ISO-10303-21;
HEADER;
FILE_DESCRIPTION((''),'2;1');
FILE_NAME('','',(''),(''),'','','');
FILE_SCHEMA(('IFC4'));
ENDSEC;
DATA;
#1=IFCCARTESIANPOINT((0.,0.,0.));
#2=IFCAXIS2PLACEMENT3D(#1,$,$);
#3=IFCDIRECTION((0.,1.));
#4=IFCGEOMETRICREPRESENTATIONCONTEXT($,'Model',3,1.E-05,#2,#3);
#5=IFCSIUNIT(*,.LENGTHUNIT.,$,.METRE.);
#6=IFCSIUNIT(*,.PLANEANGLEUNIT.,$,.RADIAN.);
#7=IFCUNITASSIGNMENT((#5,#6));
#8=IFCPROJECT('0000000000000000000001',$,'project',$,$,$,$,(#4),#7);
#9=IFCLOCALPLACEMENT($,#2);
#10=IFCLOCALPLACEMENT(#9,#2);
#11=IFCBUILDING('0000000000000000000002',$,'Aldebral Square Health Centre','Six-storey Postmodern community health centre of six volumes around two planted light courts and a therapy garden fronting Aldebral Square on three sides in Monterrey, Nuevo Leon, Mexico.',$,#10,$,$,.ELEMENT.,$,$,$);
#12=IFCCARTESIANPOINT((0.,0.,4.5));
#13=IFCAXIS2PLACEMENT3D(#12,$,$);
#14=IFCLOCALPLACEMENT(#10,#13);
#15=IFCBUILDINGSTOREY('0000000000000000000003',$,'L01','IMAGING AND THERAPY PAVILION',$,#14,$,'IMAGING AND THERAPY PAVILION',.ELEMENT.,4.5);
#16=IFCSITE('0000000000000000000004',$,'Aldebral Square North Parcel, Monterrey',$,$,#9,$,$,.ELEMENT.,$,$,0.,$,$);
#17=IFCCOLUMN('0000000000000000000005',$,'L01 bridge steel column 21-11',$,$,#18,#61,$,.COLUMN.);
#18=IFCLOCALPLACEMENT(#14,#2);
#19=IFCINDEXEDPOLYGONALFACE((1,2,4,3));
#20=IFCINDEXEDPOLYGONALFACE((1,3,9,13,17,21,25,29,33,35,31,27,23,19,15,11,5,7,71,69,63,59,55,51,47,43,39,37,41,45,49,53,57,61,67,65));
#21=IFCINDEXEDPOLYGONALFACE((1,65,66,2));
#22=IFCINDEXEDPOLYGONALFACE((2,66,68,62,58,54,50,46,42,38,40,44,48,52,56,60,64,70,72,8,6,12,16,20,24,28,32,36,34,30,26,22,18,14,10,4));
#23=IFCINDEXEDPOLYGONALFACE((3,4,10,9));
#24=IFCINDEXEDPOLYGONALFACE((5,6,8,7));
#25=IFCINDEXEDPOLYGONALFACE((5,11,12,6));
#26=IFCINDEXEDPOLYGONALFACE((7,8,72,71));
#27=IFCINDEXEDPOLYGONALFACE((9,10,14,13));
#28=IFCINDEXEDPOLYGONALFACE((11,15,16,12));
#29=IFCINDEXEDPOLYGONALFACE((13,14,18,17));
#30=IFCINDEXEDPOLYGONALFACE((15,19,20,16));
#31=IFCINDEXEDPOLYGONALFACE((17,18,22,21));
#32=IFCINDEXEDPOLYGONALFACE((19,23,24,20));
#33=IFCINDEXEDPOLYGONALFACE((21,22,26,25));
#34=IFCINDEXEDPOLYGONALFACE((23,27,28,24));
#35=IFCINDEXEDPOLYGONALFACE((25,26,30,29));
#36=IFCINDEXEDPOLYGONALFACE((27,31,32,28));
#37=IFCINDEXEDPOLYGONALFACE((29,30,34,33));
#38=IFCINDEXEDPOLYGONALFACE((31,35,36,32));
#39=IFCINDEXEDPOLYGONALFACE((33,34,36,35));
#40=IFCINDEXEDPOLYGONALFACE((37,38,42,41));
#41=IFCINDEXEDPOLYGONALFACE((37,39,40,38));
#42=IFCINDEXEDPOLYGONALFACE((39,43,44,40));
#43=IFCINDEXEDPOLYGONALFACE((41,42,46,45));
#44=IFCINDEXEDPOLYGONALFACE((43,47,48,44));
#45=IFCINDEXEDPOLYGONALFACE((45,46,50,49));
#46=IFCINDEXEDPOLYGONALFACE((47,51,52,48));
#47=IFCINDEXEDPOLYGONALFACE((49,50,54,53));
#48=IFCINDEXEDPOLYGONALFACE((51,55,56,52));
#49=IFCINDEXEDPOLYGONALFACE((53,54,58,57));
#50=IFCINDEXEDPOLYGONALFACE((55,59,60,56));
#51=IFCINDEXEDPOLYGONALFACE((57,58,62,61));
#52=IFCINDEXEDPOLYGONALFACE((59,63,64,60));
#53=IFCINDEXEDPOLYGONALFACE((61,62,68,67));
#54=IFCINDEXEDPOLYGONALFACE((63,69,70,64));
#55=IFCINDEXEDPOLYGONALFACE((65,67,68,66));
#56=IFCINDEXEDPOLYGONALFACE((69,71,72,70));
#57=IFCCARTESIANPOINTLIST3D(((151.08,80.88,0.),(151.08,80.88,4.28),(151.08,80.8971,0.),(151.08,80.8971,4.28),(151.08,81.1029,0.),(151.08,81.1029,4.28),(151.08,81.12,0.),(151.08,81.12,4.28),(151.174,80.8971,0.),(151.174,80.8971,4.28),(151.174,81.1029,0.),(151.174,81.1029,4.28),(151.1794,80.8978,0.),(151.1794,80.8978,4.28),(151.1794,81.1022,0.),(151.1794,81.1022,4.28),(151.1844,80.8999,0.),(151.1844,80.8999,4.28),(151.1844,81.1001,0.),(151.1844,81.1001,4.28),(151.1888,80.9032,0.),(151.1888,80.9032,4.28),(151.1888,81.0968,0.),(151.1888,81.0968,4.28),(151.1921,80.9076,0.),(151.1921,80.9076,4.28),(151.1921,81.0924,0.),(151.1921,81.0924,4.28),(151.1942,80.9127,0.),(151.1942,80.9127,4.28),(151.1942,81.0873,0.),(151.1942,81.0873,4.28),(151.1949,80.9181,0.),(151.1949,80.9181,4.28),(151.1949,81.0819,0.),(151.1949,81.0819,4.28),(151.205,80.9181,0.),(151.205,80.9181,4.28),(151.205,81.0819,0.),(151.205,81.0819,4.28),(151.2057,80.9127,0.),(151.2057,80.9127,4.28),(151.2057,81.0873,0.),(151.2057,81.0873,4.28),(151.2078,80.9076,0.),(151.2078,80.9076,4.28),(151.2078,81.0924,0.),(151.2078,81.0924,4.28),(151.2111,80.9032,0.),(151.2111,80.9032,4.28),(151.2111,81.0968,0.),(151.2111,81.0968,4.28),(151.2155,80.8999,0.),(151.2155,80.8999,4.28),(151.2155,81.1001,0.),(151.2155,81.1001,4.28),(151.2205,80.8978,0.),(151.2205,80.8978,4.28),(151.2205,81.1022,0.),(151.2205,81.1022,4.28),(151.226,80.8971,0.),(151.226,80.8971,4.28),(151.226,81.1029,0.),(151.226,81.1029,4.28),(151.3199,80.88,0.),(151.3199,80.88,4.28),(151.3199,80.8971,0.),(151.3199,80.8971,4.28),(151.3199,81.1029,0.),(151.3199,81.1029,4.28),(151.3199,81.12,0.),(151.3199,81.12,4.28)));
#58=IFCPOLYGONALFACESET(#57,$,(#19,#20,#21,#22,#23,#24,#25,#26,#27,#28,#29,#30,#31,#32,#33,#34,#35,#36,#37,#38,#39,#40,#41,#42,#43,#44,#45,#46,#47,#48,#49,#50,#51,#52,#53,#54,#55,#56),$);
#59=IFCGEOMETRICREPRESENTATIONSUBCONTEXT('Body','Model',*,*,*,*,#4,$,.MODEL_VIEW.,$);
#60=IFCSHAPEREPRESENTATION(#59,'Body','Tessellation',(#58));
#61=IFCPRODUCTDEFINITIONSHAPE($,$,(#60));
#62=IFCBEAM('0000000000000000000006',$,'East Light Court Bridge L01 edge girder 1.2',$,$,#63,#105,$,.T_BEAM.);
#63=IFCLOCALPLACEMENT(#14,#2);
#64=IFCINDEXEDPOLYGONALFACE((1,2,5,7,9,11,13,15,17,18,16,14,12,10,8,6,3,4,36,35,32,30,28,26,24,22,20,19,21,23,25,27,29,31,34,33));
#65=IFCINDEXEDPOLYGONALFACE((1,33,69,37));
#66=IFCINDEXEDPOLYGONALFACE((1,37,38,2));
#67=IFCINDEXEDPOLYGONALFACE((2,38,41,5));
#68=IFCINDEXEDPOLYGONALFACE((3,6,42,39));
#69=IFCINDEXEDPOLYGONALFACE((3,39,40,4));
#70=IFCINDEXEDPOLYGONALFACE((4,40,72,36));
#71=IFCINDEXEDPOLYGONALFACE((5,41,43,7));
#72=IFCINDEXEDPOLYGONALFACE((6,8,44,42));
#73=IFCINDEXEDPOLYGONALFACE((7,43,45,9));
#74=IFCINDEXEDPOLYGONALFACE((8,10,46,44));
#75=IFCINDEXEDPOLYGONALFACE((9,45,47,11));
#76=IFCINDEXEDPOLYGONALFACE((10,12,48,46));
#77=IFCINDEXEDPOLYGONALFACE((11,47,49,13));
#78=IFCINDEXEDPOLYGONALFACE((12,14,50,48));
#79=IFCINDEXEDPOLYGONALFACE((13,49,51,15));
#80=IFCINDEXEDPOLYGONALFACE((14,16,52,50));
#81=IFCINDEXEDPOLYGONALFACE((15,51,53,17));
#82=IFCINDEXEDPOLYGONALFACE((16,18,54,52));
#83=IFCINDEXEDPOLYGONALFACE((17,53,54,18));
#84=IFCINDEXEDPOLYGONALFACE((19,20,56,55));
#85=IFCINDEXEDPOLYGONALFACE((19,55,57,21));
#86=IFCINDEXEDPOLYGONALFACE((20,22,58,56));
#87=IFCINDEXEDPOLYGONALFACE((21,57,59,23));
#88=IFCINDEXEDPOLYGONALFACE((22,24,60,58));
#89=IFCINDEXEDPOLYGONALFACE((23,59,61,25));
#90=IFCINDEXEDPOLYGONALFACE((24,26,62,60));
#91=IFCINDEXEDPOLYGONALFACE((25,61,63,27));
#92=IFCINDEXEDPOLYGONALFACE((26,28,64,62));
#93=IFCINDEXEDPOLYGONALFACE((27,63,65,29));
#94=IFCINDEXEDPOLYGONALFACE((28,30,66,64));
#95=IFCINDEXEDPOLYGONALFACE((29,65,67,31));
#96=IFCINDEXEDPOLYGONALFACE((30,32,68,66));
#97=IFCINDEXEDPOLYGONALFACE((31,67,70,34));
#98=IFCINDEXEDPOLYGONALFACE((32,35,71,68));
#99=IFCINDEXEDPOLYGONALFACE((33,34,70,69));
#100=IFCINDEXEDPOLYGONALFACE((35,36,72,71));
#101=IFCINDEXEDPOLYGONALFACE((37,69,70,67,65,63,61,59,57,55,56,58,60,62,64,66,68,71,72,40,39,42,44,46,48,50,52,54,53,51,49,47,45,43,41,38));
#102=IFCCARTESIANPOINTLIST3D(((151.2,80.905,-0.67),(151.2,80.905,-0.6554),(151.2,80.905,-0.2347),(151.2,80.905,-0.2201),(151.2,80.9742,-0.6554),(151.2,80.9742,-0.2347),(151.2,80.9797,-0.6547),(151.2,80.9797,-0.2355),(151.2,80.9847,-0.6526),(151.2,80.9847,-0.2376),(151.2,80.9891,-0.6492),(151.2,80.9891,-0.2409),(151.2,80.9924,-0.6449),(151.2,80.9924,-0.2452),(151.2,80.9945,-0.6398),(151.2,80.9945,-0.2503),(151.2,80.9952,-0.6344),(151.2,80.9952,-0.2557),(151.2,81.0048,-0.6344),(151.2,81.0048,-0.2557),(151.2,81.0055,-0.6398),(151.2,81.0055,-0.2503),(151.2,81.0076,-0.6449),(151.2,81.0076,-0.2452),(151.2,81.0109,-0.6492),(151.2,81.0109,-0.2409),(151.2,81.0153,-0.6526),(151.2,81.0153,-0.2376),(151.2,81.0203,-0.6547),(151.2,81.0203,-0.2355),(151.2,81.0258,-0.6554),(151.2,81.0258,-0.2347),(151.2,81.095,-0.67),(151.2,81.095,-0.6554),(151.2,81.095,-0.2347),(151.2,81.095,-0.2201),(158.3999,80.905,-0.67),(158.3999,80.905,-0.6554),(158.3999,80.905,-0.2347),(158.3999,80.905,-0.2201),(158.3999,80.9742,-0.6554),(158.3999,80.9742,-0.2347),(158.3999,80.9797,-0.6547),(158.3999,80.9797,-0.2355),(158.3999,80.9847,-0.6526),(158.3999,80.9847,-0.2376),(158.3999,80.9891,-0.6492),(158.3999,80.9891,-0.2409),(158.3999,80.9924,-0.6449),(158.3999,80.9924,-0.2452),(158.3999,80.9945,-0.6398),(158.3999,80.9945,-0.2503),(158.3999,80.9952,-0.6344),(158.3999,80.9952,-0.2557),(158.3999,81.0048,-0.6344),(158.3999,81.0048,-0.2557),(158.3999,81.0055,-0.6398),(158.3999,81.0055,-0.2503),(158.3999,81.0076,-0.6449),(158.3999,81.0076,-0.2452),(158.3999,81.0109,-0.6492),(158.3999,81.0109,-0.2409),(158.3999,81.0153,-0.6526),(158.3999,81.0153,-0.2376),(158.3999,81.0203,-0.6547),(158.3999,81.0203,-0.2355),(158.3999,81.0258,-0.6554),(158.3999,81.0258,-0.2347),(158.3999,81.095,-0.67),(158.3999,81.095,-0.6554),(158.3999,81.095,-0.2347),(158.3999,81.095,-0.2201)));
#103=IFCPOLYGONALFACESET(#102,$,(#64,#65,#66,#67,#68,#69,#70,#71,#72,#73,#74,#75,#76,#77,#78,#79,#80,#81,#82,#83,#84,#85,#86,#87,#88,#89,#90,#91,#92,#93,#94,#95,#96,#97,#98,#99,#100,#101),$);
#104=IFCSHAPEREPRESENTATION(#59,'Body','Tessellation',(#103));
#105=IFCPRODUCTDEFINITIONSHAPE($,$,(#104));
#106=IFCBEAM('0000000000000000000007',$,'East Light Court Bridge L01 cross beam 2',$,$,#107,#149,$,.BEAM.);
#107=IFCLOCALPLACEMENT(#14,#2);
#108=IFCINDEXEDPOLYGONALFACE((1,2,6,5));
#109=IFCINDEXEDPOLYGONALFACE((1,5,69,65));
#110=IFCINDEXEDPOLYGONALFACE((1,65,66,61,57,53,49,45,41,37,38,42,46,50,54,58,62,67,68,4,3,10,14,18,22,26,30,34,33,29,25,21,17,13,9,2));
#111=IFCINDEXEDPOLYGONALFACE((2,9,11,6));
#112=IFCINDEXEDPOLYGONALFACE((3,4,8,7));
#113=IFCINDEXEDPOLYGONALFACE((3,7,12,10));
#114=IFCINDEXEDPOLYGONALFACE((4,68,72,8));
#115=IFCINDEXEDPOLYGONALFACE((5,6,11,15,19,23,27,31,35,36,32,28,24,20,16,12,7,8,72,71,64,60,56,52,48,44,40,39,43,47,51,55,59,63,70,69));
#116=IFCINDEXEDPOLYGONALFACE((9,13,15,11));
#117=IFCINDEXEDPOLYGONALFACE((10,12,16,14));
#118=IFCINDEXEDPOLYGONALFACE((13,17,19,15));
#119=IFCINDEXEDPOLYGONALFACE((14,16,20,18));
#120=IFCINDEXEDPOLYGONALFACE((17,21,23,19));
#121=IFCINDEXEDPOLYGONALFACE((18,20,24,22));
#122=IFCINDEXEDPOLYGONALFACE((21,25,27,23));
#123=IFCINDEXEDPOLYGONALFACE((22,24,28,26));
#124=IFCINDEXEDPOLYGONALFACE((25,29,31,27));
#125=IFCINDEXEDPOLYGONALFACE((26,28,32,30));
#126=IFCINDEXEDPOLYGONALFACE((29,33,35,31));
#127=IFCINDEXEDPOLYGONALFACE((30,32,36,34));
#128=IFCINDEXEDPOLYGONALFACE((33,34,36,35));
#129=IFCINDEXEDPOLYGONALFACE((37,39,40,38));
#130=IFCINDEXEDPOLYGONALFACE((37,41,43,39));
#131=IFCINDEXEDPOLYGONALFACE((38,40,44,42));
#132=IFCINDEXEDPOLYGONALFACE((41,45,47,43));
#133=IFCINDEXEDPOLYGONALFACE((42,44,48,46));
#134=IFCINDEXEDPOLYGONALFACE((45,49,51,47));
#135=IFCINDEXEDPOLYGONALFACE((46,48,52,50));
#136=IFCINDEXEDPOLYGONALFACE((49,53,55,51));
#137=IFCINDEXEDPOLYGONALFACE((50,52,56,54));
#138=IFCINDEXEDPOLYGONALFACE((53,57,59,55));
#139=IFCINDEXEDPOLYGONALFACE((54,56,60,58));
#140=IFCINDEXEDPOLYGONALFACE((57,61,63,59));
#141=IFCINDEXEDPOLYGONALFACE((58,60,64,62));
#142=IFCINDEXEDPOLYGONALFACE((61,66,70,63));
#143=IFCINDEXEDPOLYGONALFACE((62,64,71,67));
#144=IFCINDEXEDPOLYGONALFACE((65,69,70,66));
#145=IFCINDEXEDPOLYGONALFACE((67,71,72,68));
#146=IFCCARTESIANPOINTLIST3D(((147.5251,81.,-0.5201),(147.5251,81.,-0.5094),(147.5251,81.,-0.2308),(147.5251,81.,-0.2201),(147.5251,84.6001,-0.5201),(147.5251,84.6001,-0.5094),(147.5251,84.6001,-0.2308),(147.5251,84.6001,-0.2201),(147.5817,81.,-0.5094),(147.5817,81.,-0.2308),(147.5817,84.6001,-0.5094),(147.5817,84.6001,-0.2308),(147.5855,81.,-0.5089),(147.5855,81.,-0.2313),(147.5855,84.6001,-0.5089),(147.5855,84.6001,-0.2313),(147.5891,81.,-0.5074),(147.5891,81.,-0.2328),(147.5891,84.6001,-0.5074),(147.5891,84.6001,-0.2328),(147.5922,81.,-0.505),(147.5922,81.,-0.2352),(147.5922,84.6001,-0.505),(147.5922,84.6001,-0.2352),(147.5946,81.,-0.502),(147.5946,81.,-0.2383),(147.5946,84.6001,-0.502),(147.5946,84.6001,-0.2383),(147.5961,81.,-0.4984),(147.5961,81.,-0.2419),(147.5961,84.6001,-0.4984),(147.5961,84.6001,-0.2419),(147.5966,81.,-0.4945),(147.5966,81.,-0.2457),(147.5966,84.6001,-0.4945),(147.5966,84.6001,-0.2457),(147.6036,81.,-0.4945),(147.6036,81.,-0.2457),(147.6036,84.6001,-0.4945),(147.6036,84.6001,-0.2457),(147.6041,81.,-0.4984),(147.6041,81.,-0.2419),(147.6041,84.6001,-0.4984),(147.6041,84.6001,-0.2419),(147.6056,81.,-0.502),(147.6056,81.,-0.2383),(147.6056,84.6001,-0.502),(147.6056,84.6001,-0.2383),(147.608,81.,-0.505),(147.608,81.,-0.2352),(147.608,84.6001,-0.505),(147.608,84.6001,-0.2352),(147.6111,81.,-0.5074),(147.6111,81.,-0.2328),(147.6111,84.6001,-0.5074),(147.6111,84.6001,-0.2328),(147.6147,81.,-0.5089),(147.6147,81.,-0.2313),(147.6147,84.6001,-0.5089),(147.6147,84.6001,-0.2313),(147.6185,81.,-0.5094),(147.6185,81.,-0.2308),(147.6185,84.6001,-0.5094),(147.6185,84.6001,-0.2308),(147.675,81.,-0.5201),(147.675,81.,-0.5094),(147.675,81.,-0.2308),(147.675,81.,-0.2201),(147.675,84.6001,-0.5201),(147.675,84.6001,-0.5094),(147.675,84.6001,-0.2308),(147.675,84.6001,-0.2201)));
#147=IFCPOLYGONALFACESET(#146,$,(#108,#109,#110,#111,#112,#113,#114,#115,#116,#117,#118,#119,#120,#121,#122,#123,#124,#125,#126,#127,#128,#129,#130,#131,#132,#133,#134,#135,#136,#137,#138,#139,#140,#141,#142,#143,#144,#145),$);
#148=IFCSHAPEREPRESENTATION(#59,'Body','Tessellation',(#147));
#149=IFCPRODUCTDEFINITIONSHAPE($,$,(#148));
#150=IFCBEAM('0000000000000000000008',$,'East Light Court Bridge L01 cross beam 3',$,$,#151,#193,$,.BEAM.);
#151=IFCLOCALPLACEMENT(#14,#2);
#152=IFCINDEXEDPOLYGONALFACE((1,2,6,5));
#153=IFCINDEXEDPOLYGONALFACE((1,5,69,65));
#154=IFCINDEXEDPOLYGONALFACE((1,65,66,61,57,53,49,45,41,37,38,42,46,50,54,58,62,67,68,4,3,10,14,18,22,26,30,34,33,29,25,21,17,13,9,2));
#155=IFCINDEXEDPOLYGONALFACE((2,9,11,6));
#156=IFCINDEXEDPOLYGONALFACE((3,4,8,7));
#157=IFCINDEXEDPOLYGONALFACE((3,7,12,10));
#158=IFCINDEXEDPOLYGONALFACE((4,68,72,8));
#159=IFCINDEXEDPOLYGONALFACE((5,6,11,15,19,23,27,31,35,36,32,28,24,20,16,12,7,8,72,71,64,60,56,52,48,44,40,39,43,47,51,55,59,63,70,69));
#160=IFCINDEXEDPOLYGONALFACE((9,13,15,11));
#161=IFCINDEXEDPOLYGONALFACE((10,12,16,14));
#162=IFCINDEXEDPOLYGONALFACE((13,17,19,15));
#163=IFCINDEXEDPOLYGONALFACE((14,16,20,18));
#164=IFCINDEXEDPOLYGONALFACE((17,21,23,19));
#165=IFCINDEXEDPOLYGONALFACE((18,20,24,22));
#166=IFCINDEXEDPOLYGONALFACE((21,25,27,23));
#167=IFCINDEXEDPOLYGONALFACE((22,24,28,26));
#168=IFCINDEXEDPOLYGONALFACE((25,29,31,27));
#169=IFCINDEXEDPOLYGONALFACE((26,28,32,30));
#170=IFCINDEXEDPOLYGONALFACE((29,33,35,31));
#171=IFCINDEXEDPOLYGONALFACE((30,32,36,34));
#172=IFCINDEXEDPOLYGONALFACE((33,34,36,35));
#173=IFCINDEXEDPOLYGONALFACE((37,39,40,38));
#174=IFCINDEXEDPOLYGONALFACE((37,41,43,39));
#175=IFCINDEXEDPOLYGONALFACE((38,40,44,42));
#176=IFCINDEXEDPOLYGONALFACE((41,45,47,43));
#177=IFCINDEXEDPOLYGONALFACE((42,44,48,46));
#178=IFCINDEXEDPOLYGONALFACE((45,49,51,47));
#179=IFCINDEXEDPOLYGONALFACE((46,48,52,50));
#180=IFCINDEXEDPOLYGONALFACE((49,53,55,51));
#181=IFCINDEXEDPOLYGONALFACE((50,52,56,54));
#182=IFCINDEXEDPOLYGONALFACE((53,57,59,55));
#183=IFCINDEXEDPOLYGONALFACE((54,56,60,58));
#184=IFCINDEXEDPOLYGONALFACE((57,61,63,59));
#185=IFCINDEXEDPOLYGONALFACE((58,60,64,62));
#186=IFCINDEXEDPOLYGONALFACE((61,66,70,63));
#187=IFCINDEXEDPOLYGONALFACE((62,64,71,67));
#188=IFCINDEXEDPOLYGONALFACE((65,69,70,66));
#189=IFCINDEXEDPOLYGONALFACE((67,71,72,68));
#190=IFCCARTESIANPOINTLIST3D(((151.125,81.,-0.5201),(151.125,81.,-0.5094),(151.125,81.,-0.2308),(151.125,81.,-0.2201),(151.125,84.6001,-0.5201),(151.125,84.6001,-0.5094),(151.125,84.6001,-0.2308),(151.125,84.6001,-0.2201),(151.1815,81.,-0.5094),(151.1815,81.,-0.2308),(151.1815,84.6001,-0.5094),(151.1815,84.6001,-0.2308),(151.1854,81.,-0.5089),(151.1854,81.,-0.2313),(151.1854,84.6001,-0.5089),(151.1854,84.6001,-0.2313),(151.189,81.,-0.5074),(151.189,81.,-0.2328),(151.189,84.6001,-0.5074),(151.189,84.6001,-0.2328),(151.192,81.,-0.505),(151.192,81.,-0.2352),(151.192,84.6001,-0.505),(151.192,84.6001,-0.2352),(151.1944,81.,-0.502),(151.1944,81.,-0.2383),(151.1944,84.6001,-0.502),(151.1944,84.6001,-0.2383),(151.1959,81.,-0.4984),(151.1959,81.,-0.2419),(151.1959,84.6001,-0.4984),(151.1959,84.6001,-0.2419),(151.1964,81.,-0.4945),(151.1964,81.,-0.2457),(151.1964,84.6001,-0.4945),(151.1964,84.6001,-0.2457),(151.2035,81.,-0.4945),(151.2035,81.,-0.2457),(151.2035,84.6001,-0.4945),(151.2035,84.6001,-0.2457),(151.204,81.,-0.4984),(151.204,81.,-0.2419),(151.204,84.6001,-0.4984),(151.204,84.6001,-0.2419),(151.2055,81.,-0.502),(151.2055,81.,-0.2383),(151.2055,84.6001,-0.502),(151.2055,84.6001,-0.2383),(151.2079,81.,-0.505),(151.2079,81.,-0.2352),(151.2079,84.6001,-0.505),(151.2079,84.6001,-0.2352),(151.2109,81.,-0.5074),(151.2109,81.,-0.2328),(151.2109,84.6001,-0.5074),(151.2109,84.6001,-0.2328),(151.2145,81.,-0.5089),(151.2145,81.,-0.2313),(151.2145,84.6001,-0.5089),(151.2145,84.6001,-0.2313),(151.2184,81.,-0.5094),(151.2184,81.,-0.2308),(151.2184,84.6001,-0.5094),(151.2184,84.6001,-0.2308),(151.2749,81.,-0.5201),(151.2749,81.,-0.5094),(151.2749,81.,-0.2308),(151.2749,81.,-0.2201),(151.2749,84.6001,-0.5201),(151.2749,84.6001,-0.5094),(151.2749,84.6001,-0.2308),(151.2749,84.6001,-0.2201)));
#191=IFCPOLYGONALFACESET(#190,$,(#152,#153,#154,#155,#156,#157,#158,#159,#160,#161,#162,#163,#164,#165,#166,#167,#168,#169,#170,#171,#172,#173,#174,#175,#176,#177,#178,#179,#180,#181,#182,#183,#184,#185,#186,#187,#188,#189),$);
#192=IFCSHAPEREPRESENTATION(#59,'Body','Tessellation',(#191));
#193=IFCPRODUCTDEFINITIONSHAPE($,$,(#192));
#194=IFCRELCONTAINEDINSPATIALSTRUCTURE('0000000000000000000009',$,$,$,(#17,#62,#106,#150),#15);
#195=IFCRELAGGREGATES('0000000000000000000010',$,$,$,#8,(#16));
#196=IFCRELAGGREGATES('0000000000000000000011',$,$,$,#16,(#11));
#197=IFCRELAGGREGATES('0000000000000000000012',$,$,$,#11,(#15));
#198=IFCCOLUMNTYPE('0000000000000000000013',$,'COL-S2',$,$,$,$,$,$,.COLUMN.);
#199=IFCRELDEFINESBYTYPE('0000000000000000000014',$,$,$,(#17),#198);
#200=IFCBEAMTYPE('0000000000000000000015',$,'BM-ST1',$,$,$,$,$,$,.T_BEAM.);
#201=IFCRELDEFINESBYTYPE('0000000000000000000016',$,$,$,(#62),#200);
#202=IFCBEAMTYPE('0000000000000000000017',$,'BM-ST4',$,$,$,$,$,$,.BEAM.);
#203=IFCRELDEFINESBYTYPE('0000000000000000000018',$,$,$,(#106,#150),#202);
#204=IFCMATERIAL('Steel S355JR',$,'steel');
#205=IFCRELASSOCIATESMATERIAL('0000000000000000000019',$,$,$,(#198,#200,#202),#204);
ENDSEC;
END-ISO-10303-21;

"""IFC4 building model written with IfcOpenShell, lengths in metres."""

from ifc_helpers import new_model, si_unit, direction, frame, origin, origin_2d, place, context, subcontext, project, spatial, i_section, extrude, material, material_profile, profile_set, type_object, element, save


model = new_model("IFC4")

# Units and contexts
model_context = context("Model", 3, precision=1e-05, world=origin(), true_north=direction((0.0, 1.0)))
body_context = subcontext(model_context, "Body", "Model", "MODEL_VIEW")
ifc_project = project(units=[si_unit("LENGTHUNIT", "METRE"), si_unit("PLANEANGLEUNIT", "RADIAN")], contexts=[model_context])

# Site, building, storey
site_placement = place(None, origin())
site = spatial("IfcSite", under=ifc_project, at=site_placement, Name="Aldebral Square North Parcel, Monterrey", CompositionType="ELEMENT", RefElevation=0.0)
building_placement = place(site_placement, origin())
building = spatial("IfcBuilding", under=site, at=building_placement, Name="Aldebral Square Health Centre", Description="Six-storey Postmodern community health centre of six volumes around two planted light courts and a therapy garden fronting Aldebral Square on three sides in Monterrey, Nuevo Leon, Mexico.", CompositionType="ELEMENT")
storey_placement = place(building_placement, frame((0.0, 0.0, 4.5)))
storey = spatial("IfcBuildingStorey", under=building, at=storey_placement, Name="L01", Description="IMAGING AND THERAPY PAVILION", LongName="IMAGING AND THERAPY PAVILION", CompositionType="ELEMENT", Elevation=4.5)

# Column
ifc_material_1 = material(Name="Steel S355JR", Category="steel")
ifc_material_profile_1 = material_profile(ifc_material_1, i_section(OverallWidth=0.24, OverallDepth=0.24, WebThickness=0.01, FlangeThickness=0.0171, FilletRadius=0.021, at=origin_2d()), Name="HEB 240")
ifc_profile_set_1 = profile_set([ifc_material_profile_1], Name="Steel S355JR")
column_type = type_object("IfcColumnType", Name="COL-S2", PredefinedType="COLUMN", material=ifc_profile_set_1)
column_placement = place(storey_placement, frame((151.2, 81.0, 0.0), z_axis=(0.0, 0.0, 1.0), x_axis=(1.0, 0.0, 0.0)))
element("IfcColumn", 1, at=column_placement, inside=storey, type_object=column_type, Name="L01 bridge steel column 21-11", PredefinedType="COLUMN", context=body_context, shape_type="SweptSolid", body=[
    extrude(i_section(OverallWidth=0.24, OverallDepth=0.24, WebThickness=0.01, FlangeThickness=0.0171, FilletRadius=0.021, at=origin_2d()), origin(), (0.0, 0.0, 1.0), 4.28),
])

# Beams
ifc_material_profile_2 = material_profile(ifc_material_1, i_section(OverallWidth=0.1899, OverallDepth=0.45, WebThickness=0.0095, FlangeThickness=0.0146, FilletRadius=0.021, at=origin_2d()), Name="IPE 450")
ifc_profile_set_2 = profile_set([ifc_material_profile_2], Name="Steel S355JR")
beam_type_1 = type_object("IfcBeamType", Name="BM-ST1", PredefinedType="T_BEAM", material=ifc_profile_set_2)
beam_placement = place(storey_placement, frame((151.2, 81.0, -0.4451), z_axis=(1.0, 0.0, 0.0), x_axis=(0.0, 1.0, 0.0)))
element("IfcBeam", 2, at=beam_placement, inside=storey, type_object=beam_type_1, Name="East Light Court Bridge L01 edge girder 1.2", PredefinedType="T_BEAM", context=body_context, shape_type="SweptSolid", body=[
    extrude(i_section(OverallWidth=0.1899, OverallDepth=0.45, WebThickness=0.0095, FlangeThickness=0.0146, FilletRadius=0.021, at=origin_2d()), origin(), (0.0, 0.0, 1.0), 7.2),
])
ifc_material_profile_3 = material_profile(ifc_material_1, i_section(OverallWidth=0.1499, OverallDepth=0.3, WebThickness=0.0071, FlangeThickness=0.0107, FilletRadius=0.0149, at=origin_2d()), Name="IPE 300")
ifc_profile_set_3 = profile_set([ifc_material_profile_3], Name="Steel S355JR")
beam_type_2 = type_object("IfcBeamType", Name="BM-ST4", PredefinedType="BEAM", material=ifc_profile_set_3)
for number, where, z_axis, x_axis, name in (
    (3, (147.6001, 81.0, -0.3701), (0.0, 1.0, 0.0), (-1.0, 0.0, 0.0), "East Light Court Bridge L01 cross beam 2"),
    (4, (151.2, 81.0, -0.3701), (0.0, 1.0, 0.0), (-1.0, 0.0, 0.0), "East Light Court Bridge L01 cross beam 3"),
):
    element("IfcBeam", number, at=place(storey_placement, frame(where, z_axis=z_axis, x_axis=x_axis)), inside=storey, type_object=beam_type_2, Name=name, PredefinedType="BEAM", context=body_context, shape_type="SweptSolid", body=[
        extrude(i_section(OverallWidth=0.1499, OverallDepth=0.3, WebThickness=0.0071, FlangeThickness=0.0107, FilletRadius=0.0149, at=origin_2d()), origin(), (0.0, 0.0, 1.0), 3.6001),
    ])

save(model, "model.ifc")
